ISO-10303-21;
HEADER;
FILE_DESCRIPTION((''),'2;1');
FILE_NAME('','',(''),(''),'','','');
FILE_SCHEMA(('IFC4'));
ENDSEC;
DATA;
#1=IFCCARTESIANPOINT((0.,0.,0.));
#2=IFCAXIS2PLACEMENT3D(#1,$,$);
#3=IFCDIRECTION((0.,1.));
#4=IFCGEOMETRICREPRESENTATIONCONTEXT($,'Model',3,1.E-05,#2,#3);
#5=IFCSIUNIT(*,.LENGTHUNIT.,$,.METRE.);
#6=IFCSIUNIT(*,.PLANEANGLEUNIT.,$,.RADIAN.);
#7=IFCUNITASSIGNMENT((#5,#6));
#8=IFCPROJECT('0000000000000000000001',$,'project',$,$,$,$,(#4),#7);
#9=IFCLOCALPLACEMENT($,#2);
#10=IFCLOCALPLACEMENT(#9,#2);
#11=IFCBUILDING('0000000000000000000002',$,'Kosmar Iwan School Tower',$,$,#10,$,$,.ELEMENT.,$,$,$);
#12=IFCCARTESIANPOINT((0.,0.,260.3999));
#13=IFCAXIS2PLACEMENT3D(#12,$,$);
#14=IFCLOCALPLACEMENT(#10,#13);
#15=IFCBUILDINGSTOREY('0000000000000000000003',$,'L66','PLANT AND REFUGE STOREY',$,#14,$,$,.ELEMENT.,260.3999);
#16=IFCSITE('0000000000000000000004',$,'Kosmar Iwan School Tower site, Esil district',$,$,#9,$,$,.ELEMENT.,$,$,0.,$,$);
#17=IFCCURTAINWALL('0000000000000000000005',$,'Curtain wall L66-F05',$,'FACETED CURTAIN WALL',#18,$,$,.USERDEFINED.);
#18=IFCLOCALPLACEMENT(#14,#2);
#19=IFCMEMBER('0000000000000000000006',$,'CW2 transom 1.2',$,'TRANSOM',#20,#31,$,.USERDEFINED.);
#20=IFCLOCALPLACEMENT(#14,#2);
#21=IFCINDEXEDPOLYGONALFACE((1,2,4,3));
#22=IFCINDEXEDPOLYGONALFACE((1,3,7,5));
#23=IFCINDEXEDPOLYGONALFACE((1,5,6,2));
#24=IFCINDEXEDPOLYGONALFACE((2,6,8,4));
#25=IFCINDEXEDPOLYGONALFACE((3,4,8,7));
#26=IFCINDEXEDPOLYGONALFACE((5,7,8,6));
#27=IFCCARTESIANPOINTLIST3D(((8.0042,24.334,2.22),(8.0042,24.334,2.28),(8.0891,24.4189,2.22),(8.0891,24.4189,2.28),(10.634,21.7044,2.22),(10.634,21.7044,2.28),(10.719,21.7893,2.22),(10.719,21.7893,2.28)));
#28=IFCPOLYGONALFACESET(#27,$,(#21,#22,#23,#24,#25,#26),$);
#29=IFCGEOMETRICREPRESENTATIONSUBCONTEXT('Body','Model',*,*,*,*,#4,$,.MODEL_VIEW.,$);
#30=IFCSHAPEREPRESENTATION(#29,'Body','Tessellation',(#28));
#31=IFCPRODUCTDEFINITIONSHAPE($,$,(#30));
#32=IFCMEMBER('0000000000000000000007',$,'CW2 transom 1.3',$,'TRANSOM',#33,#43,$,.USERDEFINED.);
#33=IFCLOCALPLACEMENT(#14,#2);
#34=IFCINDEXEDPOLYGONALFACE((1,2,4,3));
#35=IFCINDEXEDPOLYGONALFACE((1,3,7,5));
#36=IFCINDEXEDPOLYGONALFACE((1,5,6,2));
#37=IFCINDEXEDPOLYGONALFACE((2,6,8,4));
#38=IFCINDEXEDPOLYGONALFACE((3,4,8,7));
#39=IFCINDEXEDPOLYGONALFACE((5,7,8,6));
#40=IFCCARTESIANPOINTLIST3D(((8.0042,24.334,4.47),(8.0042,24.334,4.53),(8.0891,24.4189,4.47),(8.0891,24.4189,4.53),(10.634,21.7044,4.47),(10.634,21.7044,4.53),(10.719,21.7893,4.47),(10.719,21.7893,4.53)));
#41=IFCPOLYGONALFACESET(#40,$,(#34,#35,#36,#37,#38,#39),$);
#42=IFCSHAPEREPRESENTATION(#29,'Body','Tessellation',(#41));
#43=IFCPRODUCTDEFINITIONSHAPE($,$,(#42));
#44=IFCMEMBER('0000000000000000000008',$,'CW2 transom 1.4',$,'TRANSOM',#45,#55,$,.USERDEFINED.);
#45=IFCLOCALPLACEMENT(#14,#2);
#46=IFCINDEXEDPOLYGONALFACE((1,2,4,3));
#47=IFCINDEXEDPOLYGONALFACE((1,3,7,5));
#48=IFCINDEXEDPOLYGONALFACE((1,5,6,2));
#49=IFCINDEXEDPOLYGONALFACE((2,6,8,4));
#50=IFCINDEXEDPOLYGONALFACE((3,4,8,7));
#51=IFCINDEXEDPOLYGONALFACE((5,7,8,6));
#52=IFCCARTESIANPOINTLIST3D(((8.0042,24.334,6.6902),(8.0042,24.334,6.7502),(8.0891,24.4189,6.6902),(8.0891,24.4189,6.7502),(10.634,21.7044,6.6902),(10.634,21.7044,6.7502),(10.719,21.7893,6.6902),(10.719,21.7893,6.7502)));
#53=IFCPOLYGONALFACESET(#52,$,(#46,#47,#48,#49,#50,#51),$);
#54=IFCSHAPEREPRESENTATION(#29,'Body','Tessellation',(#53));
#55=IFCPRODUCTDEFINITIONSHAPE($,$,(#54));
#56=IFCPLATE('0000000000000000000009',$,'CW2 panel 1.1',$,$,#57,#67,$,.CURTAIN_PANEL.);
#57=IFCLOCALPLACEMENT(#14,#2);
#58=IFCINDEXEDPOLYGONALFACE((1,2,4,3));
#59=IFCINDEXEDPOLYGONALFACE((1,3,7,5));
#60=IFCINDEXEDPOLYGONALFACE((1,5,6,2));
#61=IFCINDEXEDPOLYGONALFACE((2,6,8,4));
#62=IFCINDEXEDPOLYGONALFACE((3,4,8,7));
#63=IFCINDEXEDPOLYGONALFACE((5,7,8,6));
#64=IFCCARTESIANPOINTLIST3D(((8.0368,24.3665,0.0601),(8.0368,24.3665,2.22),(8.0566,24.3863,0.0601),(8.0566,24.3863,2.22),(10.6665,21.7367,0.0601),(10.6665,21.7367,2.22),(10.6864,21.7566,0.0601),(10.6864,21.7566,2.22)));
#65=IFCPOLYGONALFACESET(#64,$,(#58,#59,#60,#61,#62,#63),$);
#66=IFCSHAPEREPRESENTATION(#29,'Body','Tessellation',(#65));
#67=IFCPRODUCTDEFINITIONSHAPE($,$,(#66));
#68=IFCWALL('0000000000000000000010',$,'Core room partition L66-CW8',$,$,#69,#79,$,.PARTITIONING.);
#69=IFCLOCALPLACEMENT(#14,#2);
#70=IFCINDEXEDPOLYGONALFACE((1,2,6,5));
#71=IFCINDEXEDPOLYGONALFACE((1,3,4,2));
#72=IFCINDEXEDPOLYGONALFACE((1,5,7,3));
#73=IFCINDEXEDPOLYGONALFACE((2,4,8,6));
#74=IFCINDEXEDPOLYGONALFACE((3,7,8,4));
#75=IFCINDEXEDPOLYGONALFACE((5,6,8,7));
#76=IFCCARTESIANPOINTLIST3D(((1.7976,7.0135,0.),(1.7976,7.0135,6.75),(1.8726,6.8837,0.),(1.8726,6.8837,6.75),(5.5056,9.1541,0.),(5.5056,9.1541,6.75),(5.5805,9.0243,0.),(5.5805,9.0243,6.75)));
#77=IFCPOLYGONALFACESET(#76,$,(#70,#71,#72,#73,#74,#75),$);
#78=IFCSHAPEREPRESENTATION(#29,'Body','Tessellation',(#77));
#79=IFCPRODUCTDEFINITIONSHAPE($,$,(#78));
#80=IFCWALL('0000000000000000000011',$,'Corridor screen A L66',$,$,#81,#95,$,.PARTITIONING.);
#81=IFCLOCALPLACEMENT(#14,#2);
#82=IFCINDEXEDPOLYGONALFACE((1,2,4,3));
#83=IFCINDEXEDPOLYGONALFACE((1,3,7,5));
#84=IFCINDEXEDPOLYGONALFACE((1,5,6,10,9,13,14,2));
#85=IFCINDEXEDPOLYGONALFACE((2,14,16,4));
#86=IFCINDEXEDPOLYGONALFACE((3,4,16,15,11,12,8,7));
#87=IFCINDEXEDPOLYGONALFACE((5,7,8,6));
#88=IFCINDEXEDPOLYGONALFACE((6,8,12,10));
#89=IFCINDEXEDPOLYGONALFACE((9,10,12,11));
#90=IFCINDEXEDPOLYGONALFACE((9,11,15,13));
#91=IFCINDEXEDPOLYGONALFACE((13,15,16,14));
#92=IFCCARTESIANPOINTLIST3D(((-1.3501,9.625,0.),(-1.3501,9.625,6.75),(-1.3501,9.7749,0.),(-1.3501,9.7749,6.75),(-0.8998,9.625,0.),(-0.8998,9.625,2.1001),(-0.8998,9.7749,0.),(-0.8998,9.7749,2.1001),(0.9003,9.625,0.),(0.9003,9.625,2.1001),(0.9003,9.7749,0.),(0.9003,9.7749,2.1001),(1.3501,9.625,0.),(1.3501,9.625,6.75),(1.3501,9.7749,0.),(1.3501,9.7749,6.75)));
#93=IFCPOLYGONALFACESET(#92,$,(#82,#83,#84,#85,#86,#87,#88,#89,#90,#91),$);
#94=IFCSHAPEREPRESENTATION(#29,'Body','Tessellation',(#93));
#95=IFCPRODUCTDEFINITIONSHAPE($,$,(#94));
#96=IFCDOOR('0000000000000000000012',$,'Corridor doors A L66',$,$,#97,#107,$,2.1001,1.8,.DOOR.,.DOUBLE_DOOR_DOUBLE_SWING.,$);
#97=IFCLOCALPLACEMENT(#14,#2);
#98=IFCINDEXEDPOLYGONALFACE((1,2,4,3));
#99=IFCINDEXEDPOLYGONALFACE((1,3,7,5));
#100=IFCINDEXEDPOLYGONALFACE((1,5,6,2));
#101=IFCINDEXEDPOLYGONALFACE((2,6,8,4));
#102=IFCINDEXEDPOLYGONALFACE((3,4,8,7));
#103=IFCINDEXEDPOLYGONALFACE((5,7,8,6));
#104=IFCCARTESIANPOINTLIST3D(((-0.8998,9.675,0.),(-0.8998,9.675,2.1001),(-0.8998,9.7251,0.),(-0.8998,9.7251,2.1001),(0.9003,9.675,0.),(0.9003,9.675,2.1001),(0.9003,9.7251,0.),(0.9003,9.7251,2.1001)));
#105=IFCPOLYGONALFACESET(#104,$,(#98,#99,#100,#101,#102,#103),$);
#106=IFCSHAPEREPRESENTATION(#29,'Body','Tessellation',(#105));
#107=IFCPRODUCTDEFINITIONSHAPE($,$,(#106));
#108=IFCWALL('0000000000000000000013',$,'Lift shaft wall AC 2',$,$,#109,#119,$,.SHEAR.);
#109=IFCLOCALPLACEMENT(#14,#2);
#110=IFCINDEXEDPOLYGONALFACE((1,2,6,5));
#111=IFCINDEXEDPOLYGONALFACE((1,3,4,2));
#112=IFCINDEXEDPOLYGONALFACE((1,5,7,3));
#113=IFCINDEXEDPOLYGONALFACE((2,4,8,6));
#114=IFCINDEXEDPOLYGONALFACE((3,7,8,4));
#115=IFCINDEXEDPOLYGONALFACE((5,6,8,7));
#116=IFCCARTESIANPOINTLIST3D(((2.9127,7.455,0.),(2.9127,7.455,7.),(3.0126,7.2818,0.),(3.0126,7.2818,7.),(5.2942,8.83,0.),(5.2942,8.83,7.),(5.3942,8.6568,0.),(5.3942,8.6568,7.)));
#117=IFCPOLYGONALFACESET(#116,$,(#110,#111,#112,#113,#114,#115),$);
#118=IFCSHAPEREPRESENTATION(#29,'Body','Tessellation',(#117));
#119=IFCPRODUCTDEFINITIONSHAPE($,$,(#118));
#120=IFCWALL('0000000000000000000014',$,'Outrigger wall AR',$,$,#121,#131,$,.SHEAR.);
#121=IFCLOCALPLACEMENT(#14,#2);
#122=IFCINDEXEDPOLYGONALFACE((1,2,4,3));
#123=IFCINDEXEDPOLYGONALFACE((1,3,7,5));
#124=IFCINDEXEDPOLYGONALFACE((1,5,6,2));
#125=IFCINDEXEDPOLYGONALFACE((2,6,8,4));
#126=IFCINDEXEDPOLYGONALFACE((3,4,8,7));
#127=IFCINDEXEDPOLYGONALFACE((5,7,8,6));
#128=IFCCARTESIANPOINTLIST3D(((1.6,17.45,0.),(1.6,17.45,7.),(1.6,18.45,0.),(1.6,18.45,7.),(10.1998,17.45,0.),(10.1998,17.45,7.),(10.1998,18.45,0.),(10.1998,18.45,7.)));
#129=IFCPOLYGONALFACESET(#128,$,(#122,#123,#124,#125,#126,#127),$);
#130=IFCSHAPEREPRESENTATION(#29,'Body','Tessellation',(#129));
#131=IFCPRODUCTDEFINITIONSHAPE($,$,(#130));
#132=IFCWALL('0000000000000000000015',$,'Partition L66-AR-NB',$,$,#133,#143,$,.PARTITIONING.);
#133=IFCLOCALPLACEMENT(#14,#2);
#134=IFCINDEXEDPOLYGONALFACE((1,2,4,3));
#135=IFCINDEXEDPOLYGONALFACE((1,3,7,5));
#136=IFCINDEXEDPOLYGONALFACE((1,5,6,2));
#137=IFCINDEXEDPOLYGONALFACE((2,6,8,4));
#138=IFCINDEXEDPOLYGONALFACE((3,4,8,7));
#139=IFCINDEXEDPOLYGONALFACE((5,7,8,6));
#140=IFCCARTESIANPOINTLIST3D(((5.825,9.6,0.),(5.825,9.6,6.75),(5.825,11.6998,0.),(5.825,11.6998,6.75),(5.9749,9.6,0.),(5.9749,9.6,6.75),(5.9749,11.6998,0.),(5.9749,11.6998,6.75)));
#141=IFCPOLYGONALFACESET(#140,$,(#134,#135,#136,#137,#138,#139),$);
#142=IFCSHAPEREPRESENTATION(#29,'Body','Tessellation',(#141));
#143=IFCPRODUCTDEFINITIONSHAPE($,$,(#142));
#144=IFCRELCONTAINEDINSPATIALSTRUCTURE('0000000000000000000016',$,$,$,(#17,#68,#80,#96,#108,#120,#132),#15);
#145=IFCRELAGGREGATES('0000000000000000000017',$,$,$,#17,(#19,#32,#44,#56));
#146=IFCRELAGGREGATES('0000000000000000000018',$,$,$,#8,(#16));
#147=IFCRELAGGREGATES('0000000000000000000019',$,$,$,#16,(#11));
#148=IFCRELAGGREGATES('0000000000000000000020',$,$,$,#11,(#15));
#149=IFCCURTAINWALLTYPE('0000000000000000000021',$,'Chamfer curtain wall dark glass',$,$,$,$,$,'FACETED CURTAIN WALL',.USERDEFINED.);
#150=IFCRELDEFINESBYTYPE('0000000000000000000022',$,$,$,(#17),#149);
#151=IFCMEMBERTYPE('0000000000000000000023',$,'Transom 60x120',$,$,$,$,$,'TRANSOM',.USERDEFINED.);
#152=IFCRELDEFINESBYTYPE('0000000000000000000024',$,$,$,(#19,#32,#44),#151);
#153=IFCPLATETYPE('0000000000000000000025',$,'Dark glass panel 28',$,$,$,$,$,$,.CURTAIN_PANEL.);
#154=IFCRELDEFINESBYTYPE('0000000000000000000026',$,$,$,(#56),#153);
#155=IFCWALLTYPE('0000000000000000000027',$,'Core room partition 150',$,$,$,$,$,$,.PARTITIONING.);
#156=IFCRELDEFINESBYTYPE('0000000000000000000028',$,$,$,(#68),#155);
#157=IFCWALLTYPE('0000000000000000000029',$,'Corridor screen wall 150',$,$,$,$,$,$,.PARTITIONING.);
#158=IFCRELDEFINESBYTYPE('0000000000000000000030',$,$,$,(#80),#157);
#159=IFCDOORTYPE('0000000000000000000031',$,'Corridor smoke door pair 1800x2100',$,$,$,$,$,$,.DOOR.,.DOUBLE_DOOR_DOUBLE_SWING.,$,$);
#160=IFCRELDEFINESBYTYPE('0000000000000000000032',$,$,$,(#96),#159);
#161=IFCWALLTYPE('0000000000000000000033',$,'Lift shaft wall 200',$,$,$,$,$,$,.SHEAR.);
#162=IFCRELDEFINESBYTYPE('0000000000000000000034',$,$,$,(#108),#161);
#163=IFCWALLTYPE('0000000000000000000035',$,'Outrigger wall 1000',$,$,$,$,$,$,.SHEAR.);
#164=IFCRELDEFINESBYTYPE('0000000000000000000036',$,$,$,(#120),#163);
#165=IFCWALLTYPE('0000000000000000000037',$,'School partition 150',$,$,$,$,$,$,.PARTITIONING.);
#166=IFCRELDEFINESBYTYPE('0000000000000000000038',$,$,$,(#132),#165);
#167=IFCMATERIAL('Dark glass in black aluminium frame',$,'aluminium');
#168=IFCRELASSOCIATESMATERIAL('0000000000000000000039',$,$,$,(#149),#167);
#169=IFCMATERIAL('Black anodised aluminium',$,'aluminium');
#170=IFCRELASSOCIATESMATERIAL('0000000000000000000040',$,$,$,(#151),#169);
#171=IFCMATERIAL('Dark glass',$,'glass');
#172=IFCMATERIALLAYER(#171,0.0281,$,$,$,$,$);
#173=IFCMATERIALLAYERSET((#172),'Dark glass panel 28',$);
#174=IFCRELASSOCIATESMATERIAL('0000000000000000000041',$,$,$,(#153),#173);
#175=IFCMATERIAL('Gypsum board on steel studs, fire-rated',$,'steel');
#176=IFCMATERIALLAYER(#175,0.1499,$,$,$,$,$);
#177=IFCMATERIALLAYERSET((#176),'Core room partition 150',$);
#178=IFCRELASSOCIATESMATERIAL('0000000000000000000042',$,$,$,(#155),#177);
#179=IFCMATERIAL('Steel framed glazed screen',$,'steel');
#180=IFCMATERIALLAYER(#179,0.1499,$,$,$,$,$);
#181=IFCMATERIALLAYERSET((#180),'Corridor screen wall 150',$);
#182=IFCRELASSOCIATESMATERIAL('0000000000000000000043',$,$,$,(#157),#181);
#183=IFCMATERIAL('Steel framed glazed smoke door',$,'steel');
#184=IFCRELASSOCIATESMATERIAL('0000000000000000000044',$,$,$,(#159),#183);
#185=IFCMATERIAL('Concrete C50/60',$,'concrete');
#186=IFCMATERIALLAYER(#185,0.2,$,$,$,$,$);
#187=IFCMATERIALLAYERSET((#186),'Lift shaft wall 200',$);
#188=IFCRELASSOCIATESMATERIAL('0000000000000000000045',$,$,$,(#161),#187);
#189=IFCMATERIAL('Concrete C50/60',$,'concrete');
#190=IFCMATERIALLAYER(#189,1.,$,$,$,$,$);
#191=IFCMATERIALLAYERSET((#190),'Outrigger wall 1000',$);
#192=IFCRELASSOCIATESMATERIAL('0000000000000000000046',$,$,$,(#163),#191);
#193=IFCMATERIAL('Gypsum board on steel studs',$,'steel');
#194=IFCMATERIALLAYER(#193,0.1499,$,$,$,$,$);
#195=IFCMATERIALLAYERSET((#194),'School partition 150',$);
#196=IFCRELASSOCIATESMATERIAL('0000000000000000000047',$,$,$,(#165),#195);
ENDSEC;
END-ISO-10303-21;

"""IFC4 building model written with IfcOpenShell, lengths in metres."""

from ifc_helpers import new_model, si_unit, direction, frame, frame_2d, origin, origin_2d, place, context, subcontext, project, spatial, rectangle, extrude, material, layer, layer_set, material_profile, profile_set, type_object, element, fill, aggregate, save


model = new_model("IFC4")

# Units and contexts
model_context = context("Model", 3, precision=1e-05, world=origin(), true_north=direction((0.0, 1.0)))
body_context = subcontext(model_context, "Body", "Model", "MODEL_VIEW")
ifc_project = project(units=[si_unit("LENGTHUNIT", "METRE"), si_unit("PLANEANGLEUNIT", "RADIAN")], contexts=[model_context])

# Site, building, storey
site_placement = place(None, origin())
site = spatial("IfcSite", under=ifc_project, at=site_placement, Name="Kosmar Iwan School Tower site, Esil district", CompositionType="ELEMENT", RefElevation=0.0)
building_placement = place(site_placement, origin())
building = spatial("IfcBuilding", under=site, at=building_placement, Name="Kosmar Iwan School Tower", CompositionType="ELEMENT")
storey_placement = place(building_placement, frame((0.0, 0.0, 260.3999)))
storey = spatial("IfcBuildingStorey", under=building, at=storey_placement, Name="L66", Description="PLANT AND REFUGE STOREY", CompositionType="ELEMENT", Elevation=260.3999)

# Curtain wall
ifc_material_1 = material(Name="Dark glass in black aluminium frame", Category="aluminium")
curtain_wall_type = type_object("IfcCurtainWallType", Name="Chamfer curtain wall dark glass", ElementType="FACETED CURTAIN WALL", PredefinedType="USERDEFINED", material=ifc_material_1)
curtain_wall_placement = place(storey_placement, origin())
curtain_wall = element("IfcCurtainWall", 1, at=curtain_wall_placement, inside=storey, type_object=curtain_wall_type, Name="Curtain wall L66-F05", ObjectType="FACETED CURTAIN WALL", PredefinedType="USERDEFINED")

# Members
ifc_material_2 = material(Name="Black anodised aluminium", Category="aluminium")
ifc_material_profile_1 = material_profile(ifc_material_2, rectangle(XDim=0.1201, YDim=0.0601, at=origin_2d()), Name="TRANSOM 60x120")
ifc_profile_set_1 = profile_set([ifc_material_profile_1], Name="Black anodised aluminium")
member_type_1 = type_object("IfcMemberType", Name="Transom 60x120", ElementType="TRANSOM", PredefinedType="USERDEFINED", material=ifc_profile_set_1)
member_1_placement = place(storey_placement, frame((10.6765, 21.7468, 2.25), z_axis=(-0.70714, 0.707074, 0.0), x_axis=(-0.707074, -0.70714, 0.0)))
member_1 = element("IfcMember", 2, at=member_1_placement, type_object=member_type_1, Name="CW2 transom 1.2", ObjectType="TRANSOM", PredefinedType="USERDEFINED", context=body_context, shape_type="SweptSolid", body=[
    extrude(rectangle(XDim=0.1201, YDim=0.0601, at=origin_2d()), origin(), (0.0, 0.0, 1.0), 3.719),
])
member_2_placement = place(storey_placement, frame((10.6765, 21.7468, 4.5), z_axis=(-0.70714, 0.707074, 0.0), x_axis=(-0.707074, -0.70714, 0.0)))
member_2 = element("IfcMember", 3, at=member_2_placement, type_object=member_type_1, Name="CW2 transom 1.3", ObjectType="TRANSOM", PredefinedType="USERDEFINED", context=body_context, shape_type="SweptSolid", body=[
    extrude(rectangle(XDim=0.1201, YDim=0.0601, at=origin_2d()), origin(), (0.0, 0.0, 1.0), 3.719),
])
member_3_placement = place(storey_placement, frame((10.6765, 21.7468, 6.7202), z_axis=(-0.70714, 0.707074, 0.0), x_axis=(-0.707074, -0.70714, 0.0)))
member_3 = element("IfcMember", 4, at=member_3_placement, type_object=member_type_1, Name="CW2 transom 1.4", ObjectType="TRANSOM", PredefinedType="USERDEFINED", context=body_context, shape_type="SweptSolid", body=[
    extrude(rectangle(XDim=0.1201, YDim=0.0601, at=origin_2d()), origin(), (0.0, 0.0, 1.0), 3.719),
])

# Plate
ifc_material_3 = material(Name="Dark glass", Category="glass")
ifc_layer_1 = layer(ifc_material_3, 0.0281)
ifc_layer_set_1 = layer_set([ifc_layer_1], Name="Dark glass panel 28")
plate_type = type_object("IfcPlateType", Name="Dark glass panel 28", PredefinedType="CURTAIN_PANEL", material=ifc_layer_set_1)
plate_placement = place(storey_placement, frame((9.3616, 23.0615, 0.0601), z_axis=(0.0, 0.0, 1.0), x_axis=(-0.707107, 0.707107, 0.0)))
plate = element("IfcPlate", 5, at=plate_placement, type_object=plate_type, Name="CW2 panel 1.1", PredefinedType="CURTAIN_PANEL", context=body_context, shape_type="SweptSolid", body=[
    extrude(rectangle(XDim=3.719, YDim=0.0281, at=origin_2d()), origin(), (0.0, 0.0, 1.0), 2.1599),
])
aggregate(curtain_wall, [member_1, member_2, member_3, plate])

# Wall
ifc_material_4 = material(Name="Gypsum board on steel studs, fire-rated", Category="steel")
ifc_layer_2 = layer(ifc_material_4, 0.1499)
ifc_layer_set_2 = layer_set([ifc_layer_2], Name="Core room partition 150")
wall_type_1 = type_object("IfcWallType", Name="Core room partition 150", PredefinedType="PARTITIONING", material=ifc_layer_set_2)
wall_1_placement = place(storey_placement, frame((5.543, 9.0891, 0.0), z_axis=(0.0, 0.0, 1.0), x_axis=(-0.866045, -0.499966, 0.0)))
element("IfcWall", 6, at=wall_1_placement, inside=storey, type_object=wall_type_1, Name="Core room partition L66-CW8", PredefinedType="PARTITIONING", context=body_context, shape_type="SweptSolid", body=[
    extrude(rectangle(XDim=4.2815, YDim=0.1499, at=frame_2d((2.1406, 0.0))), origin(), (0.0, 0.0, 1.0), 6.75),
])

# Wall, opening, door
ifc_material_5 = material(Name="Steel framed glazed screen", Category="steel")
ifc_layer_3 = layer(ifc_material_5, 0.1499)
ifc_layer_set_3 = layer_set([ifc_layer_3], Name="Corridor screen wall 150")
wall_type_2 = type_object("IfcWallType", Name="Corridor screen wall 150", PredefinedType="PARTITIONING", material=ifc_layer_set_3)
wall_2_placement = place(storey_placement, frame((1.3501, 9.7, 0.0), z_axis=(0.0, 0.0, 1.0), x_axis=(-1.0, 0.0, 0.0)))
wall_2 = element("IfcWall", 7, at=wall_2_placement, inside=storey, type_object=wall_type_2, Name="Corridor screen A L66", PredefinedType="PARTITIONING", context=body_context, shape_type="SweptSolid", body=[
    extrude(rectangle(XDim=2.7002, YDim=0.1499, at=frame_2d((1.3501, 0.0))), origin(), (0.0, 0.0, 1.0), 6.75),
])
opening_1_placement = place(wall_2_placement, frame((0.45, 0.0, 0.0)))
opening_1 = element("IfcOpeningElement", 8, at=opening_1_placement, cuts=wall_2, PredefinedType="OPENING", context=body_context, shape_type="SweptSolid", body=[
    extrude(rectangle(XDim=1.8, YDim=2.1001, at=frame_2d((0.8999, 1.05))), frame((0.0, 0.0869, 0.0), z_axis=(0.0, -1.0, 0.0), x_axis=(1.0, 0.0, 0.0)), (0.0, 0.0, 1.0), 0.1738),
])
ifc_material_6 = material(Name="Steel framed glazed smoke door", Category="steel")
door_type_1 = type_object("IfcDoorType", Name="Corridor smoke door pair 1800x2100", OperationType="DOUBLE_DOOR_DOUBLE_SWING", PredefinedType="DOOR", material=ifc_material_6)
door_1_placement = place(opening_1_placement, origin())
door_1 = element("IfcDoor", 9, at=door_1_placement, inside=storey, type_object=door_type_1, Name="Corridor doors A L66", OperationType="DOUBLE_DOOR_DOUBLE_SWING", OverallHeight=2.1001, OverallWidth=1.8, PredefinedType="DOOR", context=body_context, shape_type="SweptSolid", body=[
    extrude(rectangle(XDim=1.8, YDim=2.1001, at=frame_2d((0.8999, 1.05))), frame((0.0, 0.0249, 0.0), z_axis=(0.0, -1.0, 0.0), x_axis=(1.0, 0.0, 0.0)), (0.0, 0.0, 1.0), 0.05),
])
fill(opening_1, door_1)

# Walls
ifc_material_7 = material(Name="Concrete C50/60", Category="concrete")
ifc_layer_4 = layer(ifc_material_7, 0.2)
ifc_layer_set_4 = layer_set([ifc_layer_4], Name="Lift shaft wall 200")
wall_type_3 = type_object("IfcWallType", Name="Lift shaft wall 200", PredefinedType="SHEAR", material=ifc_layer_set_4)
wall_3_placement = place(storey_placement, frame((2.9626, 7.3684, 0.0), z_axis=(0.0, 0.0, 1.0), x_axis=(0.866027, 0.499997, 0.0)))
element("IfcWall", 10, at=wall_3_placement, inside=storey, type_object=wall_type_3, Name="Lift shaft wall AC 2", PredefinedType="SHEAR", context=body_context, shape_type="SweptSolid", body=[
    extrude(rectangle(XDim=2.75, YDim=0.2, at=frame_2d((1.375, 0.0))), origin(), (0.0, 0.0, 1.0), 7.0),
])
ifc_material_8 = material(Name="Concrete C50/60", Category="concrete")
ifc_layer_5 = layer(ifc_material_8, 1.0)
ifc_layer_set_5 = layer_set([ifc_layer_5], Name="Outrigger wall 1000")
wall_type_4 = type_object("IfcWallType", Name="Outrigger wall 1000", PredefinedType="SHEAR", material=ifc_layer_set_5)
wall_4_placement = place(storey_placement, frame((1.6001, 17.95, 0.0), z_axis=(0.0, 0.0, 1.0), x_axis=(1.0, 0.0, 0.0)))
element("IfcWall", 11, at=wall_4_placement, inside=storey, type_object=wall_type_4, Name="Outrigger wall AR", PredefinedType="SHEAR", context=body_context, shape_type="SweptSolid", body=[
    extrude(rectangle(XDim=8.5999, YDim=1.0, at=frame_2d((4.2998, 0.0))), origin(), (0.0, 0.0, 1.0), 7.0),
])
ifc_material_9 = material(Name="Gypsum board on steel studs", Category="steel")
ifc_layer_6 = layer(ifc_material_9, 0.1499)
ifc_layer_set_6 = layer_set([ifc_layer_6], Name="School partition 150")
wall_type_5 = type_object("IfcWallType", Name="School partition 150", PredefinedType="PARTITIONING", material=ifc_layer_set_6)
wall_5_placement = place(storey_placement, frame((5.8999, 9.6001, 0.0), z_axis=(0.0, 0.0, 1.0), x_axis=(0.0, 1.0, 0.0)))
element("IfcWall", 12, at=wall_5_placement, inside=storey, type_object=wall_type_5, Name="Partition L66-AR-NB", PredefinedType="PARTITIONING", context=body_context, shape_type="SweptSolid", body=[
    extrude(rectangle(XDim=2.0999, YDim=0.1499, at=frame_2d((1.0498, 0.0))), origin(), (0.0, 0.0, 1.0), 6.75),
])

save(model, "model.ifc")
